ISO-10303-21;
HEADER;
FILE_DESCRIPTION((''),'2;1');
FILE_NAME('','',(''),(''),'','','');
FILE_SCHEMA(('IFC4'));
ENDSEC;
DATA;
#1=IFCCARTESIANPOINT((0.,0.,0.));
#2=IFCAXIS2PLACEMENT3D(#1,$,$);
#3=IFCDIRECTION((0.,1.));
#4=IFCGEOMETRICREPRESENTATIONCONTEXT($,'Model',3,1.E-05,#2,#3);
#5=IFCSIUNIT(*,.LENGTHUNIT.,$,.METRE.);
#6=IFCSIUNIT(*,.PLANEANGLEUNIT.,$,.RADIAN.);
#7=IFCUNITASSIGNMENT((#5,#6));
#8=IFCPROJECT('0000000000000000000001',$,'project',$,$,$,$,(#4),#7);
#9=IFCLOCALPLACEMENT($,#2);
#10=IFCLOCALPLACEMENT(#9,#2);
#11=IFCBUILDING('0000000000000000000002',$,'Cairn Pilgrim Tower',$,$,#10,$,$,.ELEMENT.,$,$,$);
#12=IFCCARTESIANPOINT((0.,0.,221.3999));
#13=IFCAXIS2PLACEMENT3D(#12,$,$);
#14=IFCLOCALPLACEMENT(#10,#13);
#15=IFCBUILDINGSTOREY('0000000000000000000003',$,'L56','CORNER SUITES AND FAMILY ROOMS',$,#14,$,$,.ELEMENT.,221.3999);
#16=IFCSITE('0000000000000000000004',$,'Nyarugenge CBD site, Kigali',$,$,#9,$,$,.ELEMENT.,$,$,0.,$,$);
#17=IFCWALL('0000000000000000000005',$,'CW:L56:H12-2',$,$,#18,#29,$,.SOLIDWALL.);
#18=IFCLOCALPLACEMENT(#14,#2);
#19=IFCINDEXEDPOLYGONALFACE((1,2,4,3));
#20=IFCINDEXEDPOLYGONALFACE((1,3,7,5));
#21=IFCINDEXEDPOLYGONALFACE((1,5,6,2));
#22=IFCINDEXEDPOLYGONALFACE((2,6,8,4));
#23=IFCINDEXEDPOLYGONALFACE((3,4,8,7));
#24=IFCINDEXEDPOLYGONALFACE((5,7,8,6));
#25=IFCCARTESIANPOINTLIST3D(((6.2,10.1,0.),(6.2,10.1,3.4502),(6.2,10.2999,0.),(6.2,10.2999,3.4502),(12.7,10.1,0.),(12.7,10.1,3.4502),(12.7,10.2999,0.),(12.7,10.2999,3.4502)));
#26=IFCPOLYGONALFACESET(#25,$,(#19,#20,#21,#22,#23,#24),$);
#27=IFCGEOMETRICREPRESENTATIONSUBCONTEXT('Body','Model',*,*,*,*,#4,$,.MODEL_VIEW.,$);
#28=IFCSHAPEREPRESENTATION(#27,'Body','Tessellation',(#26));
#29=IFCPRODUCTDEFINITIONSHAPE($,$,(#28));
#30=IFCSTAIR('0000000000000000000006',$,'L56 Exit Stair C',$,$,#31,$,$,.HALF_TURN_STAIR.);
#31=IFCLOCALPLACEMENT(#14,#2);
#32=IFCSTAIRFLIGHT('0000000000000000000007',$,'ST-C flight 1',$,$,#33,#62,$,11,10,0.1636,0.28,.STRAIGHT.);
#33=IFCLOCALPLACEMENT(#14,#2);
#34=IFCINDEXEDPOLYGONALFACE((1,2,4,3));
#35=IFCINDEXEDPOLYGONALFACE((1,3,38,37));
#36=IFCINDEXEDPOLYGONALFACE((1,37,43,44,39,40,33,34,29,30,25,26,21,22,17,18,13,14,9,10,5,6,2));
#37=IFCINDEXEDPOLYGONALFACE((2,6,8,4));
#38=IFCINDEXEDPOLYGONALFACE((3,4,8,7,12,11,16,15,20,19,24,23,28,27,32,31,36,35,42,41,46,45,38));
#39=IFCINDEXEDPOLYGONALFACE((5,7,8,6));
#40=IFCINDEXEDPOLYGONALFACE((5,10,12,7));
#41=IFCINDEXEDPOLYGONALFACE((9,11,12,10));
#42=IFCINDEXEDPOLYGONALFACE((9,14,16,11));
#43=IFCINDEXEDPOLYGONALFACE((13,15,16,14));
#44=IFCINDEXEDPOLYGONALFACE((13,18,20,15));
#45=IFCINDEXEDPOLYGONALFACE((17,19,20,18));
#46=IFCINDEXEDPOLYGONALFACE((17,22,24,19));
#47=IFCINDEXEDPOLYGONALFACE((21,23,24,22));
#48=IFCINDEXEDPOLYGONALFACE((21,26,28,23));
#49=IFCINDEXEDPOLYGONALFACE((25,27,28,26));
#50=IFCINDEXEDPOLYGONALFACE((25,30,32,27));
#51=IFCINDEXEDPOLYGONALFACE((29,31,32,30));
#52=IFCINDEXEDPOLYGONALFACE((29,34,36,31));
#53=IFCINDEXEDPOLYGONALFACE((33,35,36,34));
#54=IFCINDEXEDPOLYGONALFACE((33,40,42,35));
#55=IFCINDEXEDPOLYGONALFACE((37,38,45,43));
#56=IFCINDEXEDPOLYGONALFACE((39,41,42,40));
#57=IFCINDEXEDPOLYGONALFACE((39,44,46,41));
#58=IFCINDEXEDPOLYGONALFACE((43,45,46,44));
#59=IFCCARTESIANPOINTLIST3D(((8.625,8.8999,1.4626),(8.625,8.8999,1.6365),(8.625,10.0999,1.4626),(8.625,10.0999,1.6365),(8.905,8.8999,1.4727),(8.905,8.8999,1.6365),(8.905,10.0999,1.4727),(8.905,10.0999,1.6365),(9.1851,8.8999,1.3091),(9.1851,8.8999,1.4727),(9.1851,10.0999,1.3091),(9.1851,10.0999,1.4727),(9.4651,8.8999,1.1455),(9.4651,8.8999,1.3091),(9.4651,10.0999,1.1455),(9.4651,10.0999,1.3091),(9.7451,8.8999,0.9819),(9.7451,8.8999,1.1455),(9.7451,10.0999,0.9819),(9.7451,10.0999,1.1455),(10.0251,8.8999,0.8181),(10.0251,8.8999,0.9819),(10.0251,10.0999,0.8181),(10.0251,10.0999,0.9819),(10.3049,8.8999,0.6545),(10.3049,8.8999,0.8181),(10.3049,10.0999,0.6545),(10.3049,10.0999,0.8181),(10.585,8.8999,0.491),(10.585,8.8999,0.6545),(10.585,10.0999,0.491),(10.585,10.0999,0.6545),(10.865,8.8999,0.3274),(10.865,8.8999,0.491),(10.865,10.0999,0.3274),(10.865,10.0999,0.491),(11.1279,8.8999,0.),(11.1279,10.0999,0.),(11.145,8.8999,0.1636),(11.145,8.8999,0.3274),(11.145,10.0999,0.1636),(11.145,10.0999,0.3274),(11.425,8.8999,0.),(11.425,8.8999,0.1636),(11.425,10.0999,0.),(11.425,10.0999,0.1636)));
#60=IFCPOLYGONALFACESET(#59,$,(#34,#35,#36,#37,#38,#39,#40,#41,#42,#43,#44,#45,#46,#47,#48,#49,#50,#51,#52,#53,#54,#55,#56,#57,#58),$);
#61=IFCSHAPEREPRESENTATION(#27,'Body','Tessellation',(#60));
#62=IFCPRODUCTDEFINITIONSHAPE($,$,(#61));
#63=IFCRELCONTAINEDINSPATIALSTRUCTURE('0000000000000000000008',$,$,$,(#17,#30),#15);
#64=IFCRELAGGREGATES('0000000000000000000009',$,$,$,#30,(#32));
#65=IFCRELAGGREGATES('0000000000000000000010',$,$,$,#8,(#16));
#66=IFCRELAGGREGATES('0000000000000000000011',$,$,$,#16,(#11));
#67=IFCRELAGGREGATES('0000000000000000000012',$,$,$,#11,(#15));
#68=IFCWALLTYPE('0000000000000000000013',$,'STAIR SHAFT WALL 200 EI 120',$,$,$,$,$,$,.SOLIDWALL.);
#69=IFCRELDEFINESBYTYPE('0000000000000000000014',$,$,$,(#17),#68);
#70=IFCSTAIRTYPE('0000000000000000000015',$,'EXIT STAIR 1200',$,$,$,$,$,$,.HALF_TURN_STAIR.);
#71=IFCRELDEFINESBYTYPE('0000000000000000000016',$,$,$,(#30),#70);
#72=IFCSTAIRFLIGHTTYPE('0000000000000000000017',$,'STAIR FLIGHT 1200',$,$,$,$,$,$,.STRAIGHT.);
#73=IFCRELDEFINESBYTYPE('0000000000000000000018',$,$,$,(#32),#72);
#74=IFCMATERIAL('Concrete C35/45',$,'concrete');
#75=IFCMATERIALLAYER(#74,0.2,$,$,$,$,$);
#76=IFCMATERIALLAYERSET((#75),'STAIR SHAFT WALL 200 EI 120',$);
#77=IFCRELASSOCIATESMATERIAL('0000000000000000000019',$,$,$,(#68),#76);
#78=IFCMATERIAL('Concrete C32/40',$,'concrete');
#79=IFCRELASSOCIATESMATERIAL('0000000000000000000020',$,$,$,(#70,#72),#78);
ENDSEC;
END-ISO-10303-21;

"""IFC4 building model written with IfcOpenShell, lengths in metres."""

from ifc_helpers import new_model, si_unit, direction, frame, frame_2d, origin, place, context, subcontext, project, spatial, polyline, rectangle, outline, extrude, material, layer, layer_set, type_object, element, aggregate, save


model = new_model("IFC4")

# Units and contexts
model_context = context("Model", 3, precision=1e-05, world=origin(), true_north=direction((0.0, 1.0)))
body_context = subcontext(model_context, "Body", "Model", "MODEL_VIEW")
ifc_project = project(units=[si_unit("LENGTHUNIT", "METRE"), si_unit("PLANEANGLEUNIT", "RADIAN")], contexts=[model_context])

# Site, building, storey
site_placement = place(None, origin())
site = spatial("IfcSite", under=ifc_project, at=site_placement, Name="Nyarugenge CBD site, Kigali", CompositionType="ELEMENT", RefElevation=0.0)
building_placement = place(site_placement, origin())
building = spatial("IfcBuilding", under=site, at=building_placement, Name="Cairn Pilgrim Tower", CompositionType="ELEMENT")
storey_placement = place(building_placement, frame((0.0, 0.0, 221.3999)))
storey = spatial("IfcBuildingStorey", under=building, at=storey_placement, Name="L56", Description="CORNER SUITES AND FAMILY ROOMS", CompositionType="ELEMENT", Elevation=221.3999)

# Wall
ifc_material_1 = material(Name="Concrete C35/45", Category="concrete")
ifc_layer_1 = layer(ifc_material_1, 0.2)
ifc_layer_set_1 = layer_set([ifc_layer_1], Name="STAIR SHAFT WALL 200 EI 120")
wall_type_1 = type_object("IfcWallType", Name="STAIR SHAFT WALL 200 EI 120", PredefinedType="SOLIDWALL", material=ifc_layer_set_1)
wall_1_placement = place(storey_placement, frame((6.2, 10.2, 0.0), z_axis=(0.0, 0.0, 1.0), x_axis=(1.0, 0.0, 0.0)))
element("IfcWall", 1, at=wall_1_placement, inside=storey, type_object=wall_type_1, Name="CW:L56:H12-2", PredefinedType="SOLIDWALL", context=body_context, shape_type="SweptSolid", body=[
    extrude(rectangle(XDim=6.5, YDim=0.2, at=frame_2d((3.25, 0.0))), origin(), (0.0, 0.0, 1.0), 3.4502),
])

# Stair, stair flight
ifc_material_2 = material(Name="Concrete C32/40", Category="concrete")
stair_type = type_object("IfcStairType", Name="EXIT STAIR 1200", PredefinedType="HALF_TURN_STAIR", material=ifc_material_2)
stair_placement = place(storey_placement, origin())
stair = element("IfcStair", 2, at=stair_placement, inside=storey, type_object=stair_type, Name="L56 Exit Stair C", PredefinedType="HALF_TURN_STAIR")
stair_flight_type = type_object("IfcStairFlightType", Name="STAIR FLIGHT 1200", PredefinedType="STRAIGHT", material=ifc_material_2)
stair_flight_placement = place(storey_placement, frame((11.425, 9.5, 0.0), z_axis=(0.0, 0.0, 1.0), x_axis=(-1.0, 0.0, 0.0)))
stair_flight = element("IfcStairFlight", 3, at=stair_flight_placement, type_object=stair_flight_type, Name="ST-C flight 1", NumberOfRisers=11, NumberOfTreads=10, PredefinedType="STRAIGHT", RiserHeight=0.1636, TreadLength=0.28, context=body_context, shape_type="SweptSolid", body=[
    extrude(outline(polyline([(0.0, 0.0), (0.0, 0.1636), (0.28, 0.1636), (0.28, 0.3274), (0.5601, 0.3274), (0.5601, 0.491), (0.8401, 0.491), (0.8401, 0.6545), (1.1201, 0.6545), (1.1201, 0.8181), (1.3999, 0.8181), (1.3999, 0.9819), (1.6799, 0.9819), (1.6799, 1.1455), (1.96, 1.1455), (1.96, 1.3091), (2.24, 1.3091), (2.24, 1.4727), (2.52, 1.4727), (2.52, 1.6365), (2.8, 1.6365), (2.8, 1.8), (2.8, 1.4626), (0.2971, 0.0), (0.0, 0.0)])), frame((0.0, 0.6001, 0.0), z_axis=(0.0, -1.0, 0.0), x_axis=(1.0, 0.0, 0.0)), (0.0, 0.0, 1.0), 1.2),
])
aggregate(stair, [stair_flight])

save(model, "model.ifc")
